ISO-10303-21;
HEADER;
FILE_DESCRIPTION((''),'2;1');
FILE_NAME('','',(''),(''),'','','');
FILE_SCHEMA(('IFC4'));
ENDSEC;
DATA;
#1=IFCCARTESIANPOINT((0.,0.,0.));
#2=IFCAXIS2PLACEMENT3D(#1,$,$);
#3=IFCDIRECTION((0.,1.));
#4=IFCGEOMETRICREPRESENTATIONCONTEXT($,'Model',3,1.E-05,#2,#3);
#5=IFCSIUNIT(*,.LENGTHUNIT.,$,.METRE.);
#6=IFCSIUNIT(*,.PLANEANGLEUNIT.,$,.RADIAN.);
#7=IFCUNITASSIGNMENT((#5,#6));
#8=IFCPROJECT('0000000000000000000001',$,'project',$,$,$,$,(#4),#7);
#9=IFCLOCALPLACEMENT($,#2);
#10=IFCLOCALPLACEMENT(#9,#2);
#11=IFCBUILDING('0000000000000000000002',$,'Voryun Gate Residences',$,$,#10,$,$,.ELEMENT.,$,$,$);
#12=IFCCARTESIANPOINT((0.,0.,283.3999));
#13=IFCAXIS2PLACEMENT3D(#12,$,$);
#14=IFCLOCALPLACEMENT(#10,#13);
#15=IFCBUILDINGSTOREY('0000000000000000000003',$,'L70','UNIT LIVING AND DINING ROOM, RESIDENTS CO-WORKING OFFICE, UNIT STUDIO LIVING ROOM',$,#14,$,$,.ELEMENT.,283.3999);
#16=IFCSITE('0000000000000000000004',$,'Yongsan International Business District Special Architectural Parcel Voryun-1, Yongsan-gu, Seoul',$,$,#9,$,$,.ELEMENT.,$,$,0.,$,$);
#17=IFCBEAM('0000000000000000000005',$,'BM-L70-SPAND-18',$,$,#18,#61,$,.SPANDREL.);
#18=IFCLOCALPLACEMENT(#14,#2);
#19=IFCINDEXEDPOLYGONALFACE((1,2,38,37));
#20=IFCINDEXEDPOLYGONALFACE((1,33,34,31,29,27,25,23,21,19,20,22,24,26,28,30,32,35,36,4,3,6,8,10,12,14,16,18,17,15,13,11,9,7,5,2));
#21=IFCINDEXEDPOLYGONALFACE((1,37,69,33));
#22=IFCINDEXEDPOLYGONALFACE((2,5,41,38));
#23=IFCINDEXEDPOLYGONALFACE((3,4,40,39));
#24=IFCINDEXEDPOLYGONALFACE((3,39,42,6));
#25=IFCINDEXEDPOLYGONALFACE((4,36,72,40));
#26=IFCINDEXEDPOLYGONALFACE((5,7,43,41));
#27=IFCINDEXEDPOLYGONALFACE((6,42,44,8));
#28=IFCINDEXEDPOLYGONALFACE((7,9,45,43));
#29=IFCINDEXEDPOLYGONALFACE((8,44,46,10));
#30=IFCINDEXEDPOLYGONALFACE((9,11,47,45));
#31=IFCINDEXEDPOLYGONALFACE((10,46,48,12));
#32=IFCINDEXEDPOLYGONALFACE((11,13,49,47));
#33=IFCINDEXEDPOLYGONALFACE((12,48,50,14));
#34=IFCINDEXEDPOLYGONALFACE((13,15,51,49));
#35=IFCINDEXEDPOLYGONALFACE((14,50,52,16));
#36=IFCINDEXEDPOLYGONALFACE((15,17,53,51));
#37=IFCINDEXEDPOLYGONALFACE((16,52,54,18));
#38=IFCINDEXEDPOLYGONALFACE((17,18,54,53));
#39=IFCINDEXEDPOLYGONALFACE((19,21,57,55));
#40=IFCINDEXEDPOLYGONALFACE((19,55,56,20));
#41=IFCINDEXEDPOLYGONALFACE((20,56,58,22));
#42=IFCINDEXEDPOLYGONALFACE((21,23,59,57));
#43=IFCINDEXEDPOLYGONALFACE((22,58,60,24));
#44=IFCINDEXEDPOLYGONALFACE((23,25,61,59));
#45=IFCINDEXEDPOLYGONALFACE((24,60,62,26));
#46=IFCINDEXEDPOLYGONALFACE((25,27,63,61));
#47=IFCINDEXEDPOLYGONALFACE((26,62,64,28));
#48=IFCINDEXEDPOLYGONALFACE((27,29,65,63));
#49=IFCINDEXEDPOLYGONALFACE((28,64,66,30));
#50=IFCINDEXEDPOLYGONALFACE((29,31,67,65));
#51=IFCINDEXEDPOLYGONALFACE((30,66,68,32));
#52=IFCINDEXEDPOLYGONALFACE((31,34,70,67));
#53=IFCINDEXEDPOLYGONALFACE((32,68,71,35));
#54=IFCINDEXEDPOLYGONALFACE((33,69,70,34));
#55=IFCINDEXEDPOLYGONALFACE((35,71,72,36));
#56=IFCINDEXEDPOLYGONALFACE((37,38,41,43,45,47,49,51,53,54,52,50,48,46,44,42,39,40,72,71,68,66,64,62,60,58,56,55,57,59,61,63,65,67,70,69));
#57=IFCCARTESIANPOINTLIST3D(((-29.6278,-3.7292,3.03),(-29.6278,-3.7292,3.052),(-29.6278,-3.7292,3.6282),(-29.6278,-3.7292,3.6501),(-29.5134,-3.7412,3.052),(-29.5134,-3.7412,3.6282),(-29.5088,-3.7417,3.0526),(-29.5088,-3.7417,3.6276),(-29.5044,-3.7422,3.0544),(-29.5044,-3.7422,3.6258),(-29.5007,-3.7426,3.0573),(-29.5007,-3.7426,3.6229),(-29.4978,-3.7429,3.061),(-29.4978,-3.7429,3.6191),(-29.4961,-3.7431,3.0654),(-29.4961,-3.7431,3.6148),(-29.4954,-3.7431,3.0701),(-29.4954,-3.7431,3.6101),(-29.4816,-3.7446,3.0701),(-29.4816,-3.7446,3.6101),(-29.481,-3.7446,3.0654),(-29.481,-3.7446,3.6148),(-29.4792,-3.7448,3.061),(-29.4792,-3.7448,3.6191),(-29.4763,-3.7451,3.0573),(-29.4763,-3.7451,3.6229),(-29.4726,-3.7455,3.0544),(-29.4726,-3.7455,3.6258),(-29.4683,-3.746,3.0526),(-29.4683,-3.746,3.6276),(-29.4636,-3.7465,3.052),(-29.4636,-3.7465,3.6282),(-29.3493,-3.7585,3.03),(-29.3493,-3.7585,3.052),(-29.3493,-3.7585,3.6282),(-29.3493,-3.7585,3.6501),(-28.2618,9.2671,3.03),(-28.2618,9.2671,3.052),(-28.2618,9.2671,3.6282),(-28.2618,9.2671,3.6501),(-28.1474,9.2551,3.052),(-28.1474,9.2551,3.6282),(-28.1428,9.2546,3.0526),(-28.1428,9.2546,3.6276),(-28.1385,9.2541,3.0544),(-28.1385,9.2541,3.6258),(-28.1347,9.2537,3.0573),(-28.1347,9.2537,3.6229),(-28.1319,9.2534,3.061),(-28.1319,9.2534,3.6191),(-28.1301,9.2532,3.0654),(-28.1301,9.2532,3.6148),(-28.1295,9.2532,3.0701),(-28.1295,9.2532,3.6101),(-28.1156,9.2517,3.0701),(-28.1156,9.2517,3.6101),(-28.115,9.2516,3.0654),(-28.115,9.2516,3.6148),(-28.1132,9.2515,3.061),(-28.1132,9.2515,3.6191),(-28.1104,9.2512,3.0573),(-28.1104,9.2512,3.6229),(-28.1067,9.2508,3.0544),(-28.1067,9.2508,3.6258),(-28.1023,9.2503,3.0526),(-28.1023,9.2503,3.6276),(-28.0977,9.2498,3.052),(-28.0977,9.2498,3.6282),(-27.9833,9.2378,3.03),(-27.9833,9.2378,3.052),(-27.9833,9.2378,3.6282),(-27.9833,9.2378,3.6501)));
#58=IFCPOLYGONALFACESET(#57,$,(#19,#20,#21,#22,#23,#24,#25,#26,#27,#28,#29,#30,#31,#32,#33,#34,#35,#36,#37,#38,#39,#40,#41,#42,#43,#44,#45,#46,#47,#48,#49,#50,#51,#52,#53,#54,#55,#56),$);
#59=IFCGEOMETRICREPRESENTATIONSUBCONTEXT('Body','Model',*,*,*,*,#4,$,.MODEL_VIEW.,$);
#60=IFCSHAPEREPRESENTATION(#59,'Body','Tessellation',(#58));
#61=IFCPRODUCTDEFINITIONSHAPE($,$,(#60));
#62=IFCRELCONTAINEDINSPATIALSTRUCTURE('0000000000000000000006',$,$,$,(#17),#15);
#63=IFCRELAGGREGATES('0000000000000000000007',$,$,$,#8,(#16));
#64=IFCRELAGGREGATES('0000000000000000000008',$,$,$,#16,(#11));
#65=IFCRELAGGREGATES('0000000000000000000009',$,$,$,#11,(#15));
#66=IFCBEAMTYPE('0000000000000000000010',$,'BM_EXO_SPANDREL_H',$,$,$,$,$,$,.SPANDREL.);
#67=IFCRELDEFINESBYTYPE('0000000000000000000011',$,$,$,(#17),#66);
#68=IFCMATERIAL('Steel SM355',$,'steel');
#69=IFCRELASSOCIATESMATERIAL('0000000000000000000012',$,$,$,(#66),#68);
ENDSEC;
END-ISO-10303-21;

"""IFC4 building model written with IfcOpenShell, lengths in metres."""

from ifc_helpers import new_model, si_unit, direction, frame, origin, origin_2d, place, context, subcontext, project, spatial, i_section, extrude, material, material_profile, profile_set, type_object, element, save


model = new_model("IFC4")

# Units and contexts
model_context = context("Model", 3, precision=1e-05, world=origin(), true_north=direction((0.0, 1.0)))
body_context = subcontext(model_context, "Body", "Model", "MODEL_VIEW")
ifc_project = project(units=[si_unit("LENGTHUNIT", "METRE"), si_unit("PLANEANGLEUNIT", "RADIAN")], contexts=[model_context])

# Site, building, storey
site_placement = place(None, origin())
site = spatial("IfcSite", under=ifc_project, at=site_placement, Name="Yongsan International Business District Special Architectural Parcel Voryun-1, Yongsan-gu, Seoul", CompositionType="ELEMENT", RefElevation=0.0)
building_placement = place(site_placement, origin())
building = spatial("IfcBuilding", under=site, at=building_placement, Name="Voryun Gate Residences", CompositionType="ELEMENT")
storey_placement = place(building_placement, frame((0.0, 0.0, 283.3999)))
storey = spatial("IfcBuildingStorey", under=building, at=storey_placement, Name="L70", Description="UNIT LIVING AND DINING ROOM, RESIDENTS CO-WORKING OFFICE, UNIT STUDIO LIVING ROOM", CompositionType="ELEMENT", Elevation=283.3999)

# Beam
ifc_material_1 = material(Name="Steel SM355", Category="steel")
ifc_material_profile = material_profile(ifc_material_1, i_section(OverallWidth=0.28, OverallDepth=0.6201, WebThickness=0.0139, FlangeThickness=0.022, FilletRadius=0.0181, at=origin_2d()), Name="H-620x280x14x22")
ifc_profile_set = profile_set([ifc_material_profile], Name="Steel SM355")
beam_type = type_object("IfcBeamType", Name="BM_EXO_SPANDREL_H", PredefinedType="SPANDREL", material=ifc_profile_set)
beam_placement = place(storey_placement, frame((-28.1226, 9.2524, 3.3401), z_axis=(-0.104528, -0.994522, 0.0), x_axis=(0.994522, -0.104528, 0.0)))
element("IfcBeam", 1, at=beam_placement, inside=storey, type_object=beam_type, Name="BM-L70-SPAND-18", PredefinedType="SPANDREL", context=body_context, shape_type="SweptSolid", body=[
    extrude(i_section(OverallWidth=0.28, OverallDepth=0.6201, WebThickness=0.0139, FlangeThickness=0.022, FilletRadius=0.0181, at=origin_2d()), origin(), (0.0, 0.0, 1.0), 13.0679),
])

save(model, "model.ifc")
